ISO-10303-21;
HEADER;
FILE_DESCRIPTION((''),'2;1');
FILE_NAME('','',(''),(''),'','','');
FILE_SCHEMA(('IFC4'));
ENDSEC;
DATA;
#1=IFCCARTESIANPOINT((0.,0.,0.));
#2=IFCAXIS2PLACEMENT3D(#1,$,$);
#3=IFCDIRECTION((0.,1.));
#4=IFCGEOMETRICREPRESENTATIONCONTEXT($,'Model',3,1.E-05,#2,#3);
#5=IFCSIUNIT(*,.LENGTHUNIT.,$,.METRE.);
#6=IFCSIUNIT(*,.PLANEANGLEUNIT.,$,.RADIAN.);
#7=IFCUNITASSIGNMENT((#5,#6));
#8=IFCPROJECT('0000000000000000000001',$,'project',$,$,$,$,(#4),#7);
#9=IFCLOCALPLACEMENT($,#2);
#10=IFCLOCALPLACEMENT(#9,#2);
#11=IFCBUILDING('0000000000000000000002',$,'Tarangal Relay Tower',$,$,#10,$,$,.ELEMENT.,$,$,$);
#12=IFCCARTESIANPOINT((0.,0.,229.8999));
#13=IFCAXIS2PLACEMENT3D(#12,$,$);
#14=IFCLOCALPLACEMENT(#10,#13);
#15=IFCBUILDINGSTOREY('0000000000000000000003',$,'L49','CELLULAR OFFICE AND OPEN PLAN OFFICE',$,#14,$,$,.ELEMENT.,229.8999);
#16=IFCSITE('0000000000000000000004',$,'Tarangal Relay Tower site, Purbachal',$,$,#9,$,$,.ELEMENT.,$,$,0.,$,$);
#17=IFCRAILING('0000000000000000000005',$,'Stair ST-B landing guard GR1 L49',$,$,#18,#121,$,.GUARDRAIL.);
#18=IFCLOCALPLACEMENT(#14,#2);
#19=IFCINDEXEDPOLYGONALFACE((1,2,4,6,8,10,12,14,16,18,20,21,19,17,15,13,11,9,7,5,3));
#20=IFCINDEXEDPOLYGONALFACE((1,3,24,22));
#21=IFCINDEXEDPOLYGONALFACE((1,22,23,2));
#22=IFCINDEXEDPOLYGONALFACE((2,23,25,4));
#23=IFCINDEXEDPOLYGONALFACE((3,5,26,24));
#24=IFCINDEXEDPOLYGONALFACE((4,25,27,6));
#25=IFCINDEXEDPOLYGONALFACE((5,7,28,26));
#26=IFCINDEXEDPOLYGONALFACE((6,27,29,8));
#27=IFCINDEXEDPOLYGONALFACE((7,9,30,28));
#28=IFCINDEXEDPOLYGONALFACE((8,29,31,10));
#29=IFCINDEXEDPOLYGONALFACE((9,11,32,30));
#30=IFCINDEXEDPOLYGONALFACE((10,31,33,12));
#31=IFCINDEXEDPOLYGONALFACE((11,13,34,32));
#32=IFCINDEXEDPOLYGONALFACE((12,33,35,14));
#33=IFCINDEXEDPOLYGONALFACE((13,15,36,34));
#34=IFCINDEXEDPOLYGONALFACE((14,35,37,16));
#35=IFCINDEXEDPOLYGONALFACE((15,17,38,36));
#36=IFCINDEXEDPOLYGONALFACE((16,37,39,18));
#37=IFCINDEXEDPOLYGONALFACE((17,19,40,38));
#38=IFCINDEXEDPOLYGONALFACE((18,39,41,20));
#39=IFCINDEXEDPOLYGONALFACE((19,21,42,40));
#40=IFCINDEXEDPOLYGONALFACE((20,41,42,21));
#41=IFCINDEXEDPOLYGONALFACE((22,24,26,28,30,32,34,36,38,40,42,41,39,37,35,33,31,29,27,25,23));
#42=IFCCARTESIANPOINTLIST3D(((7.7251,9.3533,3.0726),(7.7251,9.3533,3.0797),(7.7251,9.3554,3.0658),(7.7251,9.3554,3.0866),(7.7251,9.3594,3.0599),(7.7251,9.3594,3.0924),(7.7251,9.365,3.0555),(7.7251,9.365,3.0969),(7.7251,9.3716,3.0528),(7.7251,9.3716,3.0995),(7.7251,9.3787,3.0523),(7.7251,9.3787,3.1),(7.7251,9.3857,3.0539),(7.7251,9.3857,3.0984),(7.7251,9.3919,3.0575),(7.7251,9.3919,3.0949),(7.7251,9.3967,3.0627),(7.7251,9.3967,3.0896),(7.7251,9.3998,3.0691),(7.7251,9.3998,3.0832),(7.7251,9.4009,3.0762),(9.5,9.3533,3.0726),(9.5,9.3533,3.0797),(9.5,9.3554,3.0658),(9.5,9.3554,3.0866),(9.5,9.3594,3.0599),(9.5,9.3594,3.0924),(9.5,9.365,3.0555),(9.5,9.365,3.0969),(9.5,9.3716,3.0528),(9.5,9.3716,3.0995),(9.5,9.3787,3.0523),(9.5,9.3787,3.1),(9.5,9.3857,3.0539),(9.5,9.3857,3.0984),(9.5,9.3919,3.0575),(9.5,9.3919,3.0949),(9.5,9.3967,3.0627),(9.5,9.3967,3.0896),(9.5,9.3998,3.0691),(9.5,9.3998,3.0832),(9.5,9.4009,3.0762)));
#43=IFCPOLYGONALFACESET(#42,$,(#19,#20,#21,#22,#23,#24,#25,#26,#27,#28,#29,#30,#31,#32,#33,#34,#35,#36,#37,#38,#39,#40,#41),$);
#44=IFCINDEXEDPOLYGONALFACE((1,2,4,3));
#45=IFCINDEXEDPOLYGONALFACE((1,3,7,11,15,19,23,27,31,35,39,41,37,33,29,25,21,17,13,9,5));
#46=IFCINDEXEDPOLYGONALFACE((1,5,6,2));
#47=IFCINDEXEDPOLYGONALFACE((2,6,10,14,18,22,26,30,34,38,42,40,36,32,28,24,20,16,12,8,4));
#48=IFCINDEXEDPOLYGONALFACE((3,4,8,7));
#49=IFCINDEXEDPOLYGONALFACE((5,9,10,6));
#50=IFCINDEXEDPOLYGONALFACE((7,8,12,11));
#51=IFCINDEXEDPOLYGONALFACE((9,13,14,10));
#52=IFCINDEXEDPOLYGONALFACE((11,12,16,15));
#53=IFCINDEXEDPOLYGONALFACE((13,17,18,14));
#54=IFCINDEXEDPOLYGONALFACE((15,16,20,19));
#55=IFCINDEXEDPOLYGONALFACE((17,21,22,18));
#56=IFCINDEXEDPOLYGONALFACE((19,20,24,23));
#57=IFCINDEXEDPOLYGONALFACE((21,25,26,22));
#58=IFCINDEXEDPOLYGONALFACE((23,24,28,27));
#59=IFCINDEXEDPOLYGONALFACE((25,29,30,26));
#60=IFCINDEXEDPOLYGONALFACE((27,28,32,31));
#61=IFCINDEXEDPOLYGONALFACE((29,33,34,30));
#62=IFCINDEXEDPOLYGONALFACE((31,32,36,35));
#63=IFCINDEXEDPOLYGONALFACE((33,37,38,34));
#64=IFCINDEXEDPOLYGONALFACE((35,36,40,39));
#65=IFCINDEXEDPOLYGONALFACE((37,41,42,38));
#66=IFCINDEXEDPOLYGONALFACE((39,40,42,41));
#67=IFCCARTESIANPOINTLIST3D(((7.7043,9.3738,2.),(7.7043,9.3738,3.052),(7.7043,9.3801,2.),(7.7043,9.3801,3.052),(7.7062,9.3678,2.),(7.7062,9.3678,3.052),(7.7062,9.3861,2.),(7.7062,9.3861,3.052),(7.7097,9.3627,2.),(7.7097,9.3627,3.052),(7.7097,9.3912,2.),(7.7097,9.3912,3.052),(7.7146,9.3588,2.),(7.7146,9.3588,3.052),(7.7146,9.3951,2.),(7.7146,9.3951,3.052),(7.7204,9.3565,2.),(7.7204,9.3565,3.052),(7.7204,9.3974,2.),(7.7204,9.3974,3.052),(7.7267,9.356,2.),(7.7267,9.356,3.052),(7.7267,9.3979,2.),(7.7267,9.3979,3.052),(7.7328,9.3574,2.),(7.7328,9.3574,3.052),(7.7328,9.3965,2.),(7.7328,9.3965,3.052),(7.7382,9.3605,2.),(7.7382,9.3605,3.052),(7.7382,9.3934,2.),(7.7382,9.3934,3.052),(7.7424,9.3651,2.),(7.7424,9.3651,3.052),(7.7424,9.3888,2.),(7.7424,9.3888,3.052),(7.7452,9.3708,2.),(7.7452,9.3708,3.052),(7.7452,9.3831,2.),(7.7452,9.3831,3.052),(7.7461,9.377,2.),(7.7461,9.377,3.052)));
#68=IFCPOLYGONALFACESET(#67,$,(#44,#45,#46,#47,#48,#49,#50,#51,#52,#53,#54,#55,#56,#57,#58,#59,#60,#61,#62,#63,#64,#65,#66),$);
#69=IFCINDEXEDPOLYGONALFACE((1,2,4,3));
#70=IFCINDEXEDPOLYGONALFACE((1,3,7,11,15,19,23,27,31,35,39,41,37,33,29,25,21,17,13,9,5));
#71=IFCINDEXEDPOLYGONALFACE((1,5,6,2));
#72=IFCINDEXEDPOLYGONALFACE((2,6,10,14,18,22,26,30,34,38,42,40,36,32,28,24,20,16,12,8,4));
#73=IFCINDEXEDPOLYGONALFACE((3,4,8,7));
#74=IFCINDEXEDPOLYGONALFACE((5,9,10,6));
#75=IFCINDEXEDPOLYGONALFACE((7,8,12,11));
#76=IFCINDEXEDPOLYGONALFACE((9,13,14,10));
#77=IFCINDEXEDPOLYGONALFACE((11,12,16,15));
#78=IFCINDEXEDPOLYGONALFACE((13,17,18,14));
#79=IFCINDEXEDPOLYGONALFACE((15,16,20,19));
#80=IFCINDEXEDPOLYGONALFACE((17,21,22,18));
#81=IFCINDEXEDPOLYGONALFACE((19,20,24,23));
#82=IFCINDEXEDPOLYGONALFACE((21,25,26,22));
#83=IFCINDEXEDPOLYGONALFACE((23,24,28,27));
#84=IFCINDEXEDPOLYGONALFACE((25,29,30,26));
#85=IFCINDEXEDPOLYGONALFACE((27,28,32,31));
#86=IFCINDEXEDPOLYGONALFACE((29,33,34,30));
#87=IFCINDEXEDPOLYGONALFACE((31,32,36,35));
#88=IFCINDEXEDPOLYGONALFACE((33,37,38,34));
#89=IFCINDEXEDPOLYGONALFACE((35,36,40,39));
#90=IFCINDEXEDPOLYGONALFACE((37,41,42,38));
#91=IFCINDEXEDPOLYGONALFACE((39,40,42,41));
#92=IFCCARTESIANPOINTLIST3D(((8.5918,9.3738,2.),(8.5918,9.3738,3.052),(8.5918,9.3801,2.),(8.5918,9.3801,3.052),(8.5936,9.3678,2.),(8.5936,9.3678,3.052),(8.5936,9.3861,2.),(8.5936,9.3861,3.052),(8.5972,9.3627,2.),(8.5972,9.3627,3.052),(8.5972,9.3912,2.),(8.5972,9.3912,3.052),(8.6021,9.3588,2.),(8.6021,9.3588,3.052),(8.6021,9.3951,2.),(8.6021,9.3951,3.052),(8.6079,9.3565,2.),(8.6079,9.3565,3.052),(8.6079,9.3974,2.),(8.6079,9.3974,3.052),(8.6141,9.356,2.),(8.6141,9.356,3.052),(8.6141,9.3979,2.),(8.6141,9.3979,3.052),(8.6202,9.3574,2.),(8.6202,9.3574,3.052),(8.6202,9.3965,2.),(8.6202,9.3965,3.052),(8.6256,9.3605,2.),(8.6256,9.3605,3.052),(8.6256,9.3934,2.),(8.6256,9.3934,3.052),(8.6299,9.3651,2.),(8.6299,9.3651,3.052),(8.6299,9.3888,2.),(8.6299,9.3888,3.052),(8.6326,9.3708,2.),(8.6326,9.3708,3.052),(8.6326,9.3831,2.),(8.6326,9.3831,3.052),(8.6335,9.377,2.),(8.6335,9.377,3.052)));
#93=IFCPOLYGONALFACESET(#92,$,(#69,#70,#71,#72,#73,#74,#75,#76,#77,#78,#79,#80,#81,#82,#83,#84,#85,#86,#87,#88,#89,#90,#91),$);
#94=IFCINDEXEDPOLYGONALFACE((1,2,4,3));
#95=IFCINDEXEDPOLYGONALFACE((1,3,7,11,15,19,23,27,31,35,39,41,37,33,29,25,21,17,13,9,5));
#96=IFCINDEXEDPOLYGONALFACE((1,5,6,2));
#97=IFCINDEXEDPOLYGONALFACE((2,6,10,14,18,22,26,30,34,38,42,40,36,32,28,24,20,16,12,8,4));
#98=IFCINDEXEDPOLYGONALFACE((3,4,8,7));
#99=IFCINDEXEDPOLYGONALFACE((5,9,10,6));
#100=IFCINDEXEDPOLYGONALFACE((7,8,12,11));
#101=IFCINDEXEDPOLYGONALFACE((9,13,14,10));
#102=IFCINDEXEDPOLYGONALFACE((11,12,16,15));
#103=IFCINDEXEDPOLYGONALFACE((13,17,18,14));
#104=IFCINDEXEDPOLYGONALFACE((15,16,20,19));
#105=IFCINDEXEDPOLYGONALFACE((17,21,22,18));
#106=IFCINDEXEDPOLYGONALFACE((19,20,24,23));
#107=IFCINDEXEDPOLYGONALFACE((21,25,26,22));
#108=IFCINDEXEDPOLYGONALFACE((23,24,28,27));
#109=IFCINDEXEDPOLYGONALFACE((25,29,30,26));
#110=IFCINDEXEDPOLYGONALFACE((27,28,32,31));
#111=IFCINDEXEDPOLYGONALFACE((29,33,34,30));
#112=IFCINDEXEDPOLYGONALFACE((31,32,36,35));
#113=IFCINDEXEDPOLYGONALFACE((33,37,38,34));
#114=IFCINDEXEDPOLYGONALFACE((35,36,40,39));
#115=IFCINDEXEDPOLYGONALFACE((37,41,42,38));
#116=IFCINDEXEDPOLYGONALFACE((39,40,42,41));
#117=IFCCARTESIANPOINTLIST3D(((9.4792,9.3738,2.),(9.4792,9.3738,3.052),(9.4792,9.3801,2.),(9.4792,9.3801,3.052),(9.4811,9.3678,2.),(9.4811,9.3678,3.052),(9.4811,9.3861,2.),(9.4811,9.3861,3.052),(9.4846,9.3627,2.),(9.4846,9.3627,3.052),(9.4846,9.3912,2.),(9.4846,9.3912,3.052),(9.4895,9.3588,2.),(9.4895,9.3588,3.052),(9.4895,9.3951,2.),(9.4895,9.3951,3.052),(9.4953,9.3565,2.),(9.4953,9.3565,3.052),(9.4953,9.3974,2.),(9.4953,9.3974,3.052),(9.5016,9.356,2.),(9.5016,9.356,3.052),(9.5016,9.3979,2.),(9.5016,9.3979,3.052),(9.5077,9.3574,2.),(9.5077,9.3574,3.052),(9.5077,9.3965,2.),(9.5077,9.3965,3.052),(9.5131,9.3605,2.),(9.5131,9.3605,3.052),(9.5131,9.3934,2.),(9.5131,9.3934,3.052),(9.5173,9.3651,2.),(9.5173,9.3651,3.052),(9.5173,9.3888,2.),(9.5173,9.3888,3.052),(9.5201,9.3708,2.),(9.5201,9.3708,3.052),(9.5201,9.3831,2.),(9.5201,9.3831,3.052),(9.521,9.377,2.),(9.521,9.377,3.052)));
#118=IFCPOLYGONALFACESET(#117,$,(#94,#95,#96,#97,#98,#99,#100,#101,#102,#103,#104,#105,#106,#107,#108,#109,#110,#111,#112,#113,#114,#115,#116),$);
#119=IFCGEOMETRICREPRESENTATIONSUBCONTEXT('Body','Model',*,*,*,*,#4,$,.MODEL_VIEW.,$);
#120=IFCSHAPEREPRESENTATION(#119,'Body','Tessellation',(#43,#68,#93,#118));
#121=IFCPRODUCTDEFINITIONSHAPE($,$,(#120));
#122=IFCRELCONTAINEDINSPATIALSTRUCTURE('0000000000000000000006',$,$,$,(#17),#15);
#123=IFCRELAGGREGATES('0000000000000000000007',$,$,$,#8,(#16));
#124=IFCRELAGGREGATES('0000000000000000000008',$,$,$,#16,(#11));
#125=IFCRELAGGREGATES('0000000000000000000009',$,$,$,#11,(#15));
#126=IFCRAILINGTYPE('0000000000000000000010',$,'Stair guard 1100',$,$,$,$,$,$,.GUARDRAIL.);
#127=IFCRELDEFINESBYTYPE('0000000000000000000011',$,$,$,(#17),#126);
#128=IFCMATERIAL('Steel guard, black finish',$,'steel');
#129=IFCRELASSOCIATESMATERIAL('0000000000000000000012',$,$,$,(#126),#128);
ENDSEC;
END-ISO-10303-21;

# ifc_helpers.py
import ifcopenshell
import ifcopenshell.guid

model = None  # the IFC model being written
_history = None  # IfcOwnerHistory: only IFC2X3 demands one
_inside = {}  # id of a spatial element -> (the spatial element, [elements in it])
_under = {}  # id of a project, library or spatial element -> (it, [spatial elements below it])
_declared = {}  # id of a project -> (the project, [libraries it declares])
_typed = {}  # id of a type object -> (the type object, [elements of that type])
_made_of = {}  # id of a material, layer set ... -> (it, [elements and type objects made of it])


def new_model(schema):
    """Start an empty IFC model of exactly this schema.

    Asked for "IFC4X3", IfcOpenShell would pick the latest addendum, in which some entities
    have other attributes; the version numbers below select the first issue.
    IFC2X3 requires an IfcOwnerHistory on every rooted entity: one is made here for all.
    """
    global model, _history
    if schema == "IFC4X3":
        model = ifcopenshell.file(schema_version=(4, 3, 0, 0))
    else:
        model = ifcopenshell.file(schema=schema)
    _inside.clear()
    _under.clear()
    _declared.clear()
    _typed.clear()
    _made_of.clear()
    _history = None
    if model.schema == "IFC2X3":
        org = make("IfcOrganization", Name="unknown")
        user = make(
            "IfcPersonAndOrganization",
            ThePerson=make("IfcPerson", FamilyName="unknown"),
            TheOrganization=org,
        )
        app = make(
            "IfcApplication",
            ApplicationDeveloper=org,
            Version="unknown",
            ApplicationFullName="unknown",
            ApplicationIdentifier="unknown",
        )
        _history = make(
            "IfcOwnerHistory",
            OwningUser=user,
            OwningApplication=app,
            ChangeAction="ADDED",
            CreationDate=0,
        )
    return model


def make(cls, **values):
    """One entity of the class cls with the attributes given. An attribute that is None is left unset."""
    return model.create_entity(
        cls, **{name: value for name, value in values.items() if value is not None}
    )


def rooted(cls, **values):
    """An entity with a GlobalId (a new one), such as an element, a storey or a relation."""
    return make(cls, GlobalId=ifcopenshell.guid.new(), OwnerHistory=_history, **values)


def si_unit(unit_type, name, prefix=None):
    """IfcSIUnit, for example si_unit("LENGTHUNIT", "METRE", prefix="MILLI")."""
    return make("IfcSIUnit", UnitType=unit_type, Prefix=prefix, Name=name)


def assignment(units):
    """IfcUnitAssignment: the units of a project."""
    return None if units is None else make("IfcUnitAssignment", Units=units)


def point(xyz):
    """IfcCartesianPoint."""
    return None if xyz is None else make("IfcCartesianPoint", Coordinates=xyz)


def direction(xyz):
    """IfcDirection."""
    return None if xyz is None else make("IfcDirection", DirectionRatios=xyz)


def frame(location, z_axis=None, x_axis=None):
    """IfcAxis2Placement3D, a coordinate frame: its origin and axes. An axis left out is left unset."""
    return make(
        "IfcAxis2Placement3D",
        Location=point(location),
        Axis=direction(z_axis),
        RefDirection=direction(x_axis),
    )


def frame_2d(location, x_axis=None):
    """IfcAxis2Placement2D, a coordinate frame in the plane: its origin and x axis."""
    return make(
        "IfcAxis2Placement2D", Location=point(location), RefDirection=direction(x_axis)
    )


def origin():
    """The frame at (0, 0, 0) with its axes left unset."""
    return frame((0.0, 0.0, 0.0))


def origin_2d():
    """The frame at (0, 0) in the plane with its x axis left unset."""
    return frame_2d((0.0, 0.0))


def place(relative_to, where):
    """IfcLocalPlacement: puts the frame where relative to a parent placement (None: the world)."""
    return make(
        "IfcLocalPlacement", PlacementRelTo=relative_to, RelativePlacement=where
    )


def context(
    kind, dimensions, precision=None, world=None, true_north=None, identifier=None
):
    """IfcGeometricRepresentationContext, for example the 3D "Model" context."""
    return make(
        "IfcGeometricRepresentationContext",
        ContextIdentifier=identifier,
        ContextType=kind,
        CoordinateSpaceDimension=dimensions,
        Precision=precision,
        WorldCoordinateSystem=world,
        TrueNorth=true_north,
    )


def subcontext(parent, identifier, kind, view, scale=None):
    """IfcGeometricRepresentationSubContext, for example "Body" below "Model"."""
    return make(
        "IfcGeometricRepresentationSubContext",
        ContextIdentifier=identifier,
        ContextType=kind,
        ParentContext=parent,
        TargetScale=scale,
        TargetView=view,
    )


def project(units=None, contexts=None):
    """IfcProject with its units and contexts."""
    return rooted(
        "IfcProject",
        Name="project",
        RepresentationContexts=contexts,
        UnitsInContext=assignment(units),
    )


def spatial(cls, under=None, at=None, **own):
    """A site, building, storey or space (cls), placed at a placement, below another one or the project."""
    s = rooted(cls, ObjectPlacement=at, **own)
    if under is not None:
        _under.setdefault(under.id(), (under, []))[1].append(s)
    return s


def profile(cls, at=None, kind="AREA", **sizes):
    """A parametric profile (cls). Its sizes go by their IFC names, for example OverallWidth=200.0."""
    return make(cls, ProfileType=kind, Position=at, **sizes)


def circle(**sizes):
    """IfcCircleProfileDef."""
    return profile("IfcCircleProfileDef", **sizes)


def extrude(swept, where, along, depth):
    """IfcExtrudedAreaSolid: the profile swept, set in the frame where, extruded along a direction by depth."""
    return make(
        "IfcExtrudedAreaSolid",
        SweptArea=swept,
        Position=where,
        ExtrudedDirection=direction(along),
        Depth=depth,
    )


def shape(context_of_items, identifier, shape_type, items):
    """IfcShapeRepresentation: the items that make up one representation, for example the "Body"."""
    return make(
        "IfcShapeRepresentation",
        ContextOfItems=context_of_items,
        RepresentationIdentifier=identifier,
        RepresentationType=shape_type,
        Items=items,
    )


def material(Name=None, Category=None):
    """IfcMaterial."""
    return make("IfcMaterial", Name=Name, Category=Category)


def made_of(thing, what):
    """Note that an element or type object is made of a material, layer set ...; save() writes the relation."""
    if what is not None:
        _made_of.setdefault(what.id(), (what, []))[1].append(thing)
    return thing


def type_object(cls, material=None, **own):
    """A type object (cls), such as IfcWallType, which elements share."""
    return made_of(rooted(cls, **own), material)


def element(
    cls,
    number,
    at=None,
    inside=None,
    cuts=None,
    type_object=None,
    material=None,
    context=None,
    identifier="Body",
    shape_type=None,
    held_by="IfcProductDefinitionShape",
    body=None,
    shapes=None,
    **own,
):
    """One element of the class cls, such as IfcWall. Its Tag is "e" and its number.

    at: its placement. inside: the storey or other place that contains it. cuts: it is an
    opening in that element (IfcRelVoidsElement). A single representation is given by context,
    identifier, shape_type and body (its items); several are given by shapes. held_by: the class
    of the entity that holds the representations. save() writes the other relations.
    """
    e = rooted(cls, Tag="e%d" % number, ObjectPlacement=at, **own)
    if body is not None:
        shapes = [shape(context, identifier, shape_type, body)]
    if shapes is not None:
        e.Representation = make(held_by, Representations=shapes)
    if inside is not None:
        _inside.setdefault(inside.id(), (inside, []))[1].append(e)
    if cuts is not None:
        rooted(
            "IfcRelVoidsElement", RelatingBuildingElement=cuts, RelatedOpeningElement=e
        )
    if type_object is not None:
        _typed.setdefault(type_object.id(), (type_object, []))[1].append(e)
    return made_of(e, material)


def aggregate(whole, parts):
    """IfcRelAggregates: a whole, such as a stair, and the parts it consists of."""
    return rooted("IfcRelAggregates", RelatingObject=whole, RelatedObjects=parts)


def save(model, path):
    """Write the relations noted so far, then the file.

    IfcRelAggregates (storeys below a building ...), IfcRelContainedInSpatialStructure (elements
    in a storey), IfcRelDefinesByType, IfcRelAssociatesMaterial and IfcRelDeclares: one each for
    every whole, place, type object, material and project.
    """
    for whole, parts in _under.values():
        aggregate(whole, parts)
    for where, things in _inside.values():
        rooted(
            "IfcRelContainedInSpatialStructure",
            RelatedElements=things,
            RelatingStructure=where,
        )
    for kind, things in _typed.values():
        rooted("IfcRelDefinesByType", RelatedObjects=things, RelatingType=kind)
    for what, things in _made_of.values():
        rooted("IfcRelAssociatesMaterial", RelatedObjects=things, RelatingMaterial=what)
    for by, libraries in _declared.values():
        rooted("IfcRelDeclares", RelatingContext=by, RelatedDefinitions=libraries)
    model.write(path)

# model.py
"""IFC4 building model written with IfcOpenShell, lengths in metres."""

from ifc_helpers import new_model, si_unit, direction, frame, origin, origin_2d, place, context, subcontext, project, spatial, circle, extrude, material, type_object, element, save


model = new_model("IFC4")

# Units and contexts
model_context = context("Model", 3, precision=1e-05, world=origin(), true_north=direction((0.0, 1.0)))
body_context = subcontext(model_context, "Body", "Model", "MODEL_VIEW")
ifc_project = project(units=[si_unit("LENGTHUNIT", "METRE"), si_unit("PLANEANGLEUNIT", "RADIAN")], contexts=[model_context])

# Site, building, storey
site_placement = place(None, origin())
site = spatial("IfcSite", under=ifc_project, at=site_placement, Name="Tarangal Relay Tower site, Purbachal", CompositionType="ELEMENT", RefElevation=0.0)
building_placement = place(site_placement, origin())
building = spatial("IfcBuilding", under=site, at=building_placement, Name="Tarangal Relay Tower", CompositionType="ELEMENT")
storey_placement = place(building_placement, frame((0.0, 0.0, 229.8999)))
storey = spatial("IfcBuildingStorey", under=building, at=storey_placement, Name="L49", Description="CELLULAR OFFICE AND OPEN PLAN OFFICE", CompositionType="ELEMENT", Elevation=229.8999)

# Railing
ifc_material_1 = material(Name="Steel guard, black finish", Category="steel")
railing_type_1 = type_object("IfcRailingType", Name="Stair guard 1100", PredefinedType="GUARDRAIL", material=ifc_material_1)
railing_1_placement = place(storey_placement, frame((7.7251, 9.377, 2.0)))
element("IfcRailing", 1, at=railing_1_placement, inside=storey, type_object=railing_type_1, Name="Stair ST-B landing guard GR1 L49", PredefinedType="GUARDRAIL", context=body_context, shape_type="SweptSolid", body=[
    extrude(circle(Radius=0.0239, at=origin_2d()), frame((0.0, 0.0, 1.0762), z_axis=(1.0, 0.0, 0.0), x_axis=(0.0, 1.0, 0.0)), (0.0, 0.0, 1.0), 1.7749),
    extrude(circle(Radius=0.021, at=origin_2d()), origin(), (0.0, 0.0, 1.0), 1.052),
    extrude(circle(Radius=0.021, at=origin_2d()), frame((0.8875, 0.0, 0.0)), (0.0, 0.0, 1.0), 1.052),
    extrude(circle(Radius=0.021, at=origin_2d()), frame((1.7749, 0.0, 0.0)), (0.0, 0.0, 1.0), 1.052),
])

save(model, "model.ifc")
